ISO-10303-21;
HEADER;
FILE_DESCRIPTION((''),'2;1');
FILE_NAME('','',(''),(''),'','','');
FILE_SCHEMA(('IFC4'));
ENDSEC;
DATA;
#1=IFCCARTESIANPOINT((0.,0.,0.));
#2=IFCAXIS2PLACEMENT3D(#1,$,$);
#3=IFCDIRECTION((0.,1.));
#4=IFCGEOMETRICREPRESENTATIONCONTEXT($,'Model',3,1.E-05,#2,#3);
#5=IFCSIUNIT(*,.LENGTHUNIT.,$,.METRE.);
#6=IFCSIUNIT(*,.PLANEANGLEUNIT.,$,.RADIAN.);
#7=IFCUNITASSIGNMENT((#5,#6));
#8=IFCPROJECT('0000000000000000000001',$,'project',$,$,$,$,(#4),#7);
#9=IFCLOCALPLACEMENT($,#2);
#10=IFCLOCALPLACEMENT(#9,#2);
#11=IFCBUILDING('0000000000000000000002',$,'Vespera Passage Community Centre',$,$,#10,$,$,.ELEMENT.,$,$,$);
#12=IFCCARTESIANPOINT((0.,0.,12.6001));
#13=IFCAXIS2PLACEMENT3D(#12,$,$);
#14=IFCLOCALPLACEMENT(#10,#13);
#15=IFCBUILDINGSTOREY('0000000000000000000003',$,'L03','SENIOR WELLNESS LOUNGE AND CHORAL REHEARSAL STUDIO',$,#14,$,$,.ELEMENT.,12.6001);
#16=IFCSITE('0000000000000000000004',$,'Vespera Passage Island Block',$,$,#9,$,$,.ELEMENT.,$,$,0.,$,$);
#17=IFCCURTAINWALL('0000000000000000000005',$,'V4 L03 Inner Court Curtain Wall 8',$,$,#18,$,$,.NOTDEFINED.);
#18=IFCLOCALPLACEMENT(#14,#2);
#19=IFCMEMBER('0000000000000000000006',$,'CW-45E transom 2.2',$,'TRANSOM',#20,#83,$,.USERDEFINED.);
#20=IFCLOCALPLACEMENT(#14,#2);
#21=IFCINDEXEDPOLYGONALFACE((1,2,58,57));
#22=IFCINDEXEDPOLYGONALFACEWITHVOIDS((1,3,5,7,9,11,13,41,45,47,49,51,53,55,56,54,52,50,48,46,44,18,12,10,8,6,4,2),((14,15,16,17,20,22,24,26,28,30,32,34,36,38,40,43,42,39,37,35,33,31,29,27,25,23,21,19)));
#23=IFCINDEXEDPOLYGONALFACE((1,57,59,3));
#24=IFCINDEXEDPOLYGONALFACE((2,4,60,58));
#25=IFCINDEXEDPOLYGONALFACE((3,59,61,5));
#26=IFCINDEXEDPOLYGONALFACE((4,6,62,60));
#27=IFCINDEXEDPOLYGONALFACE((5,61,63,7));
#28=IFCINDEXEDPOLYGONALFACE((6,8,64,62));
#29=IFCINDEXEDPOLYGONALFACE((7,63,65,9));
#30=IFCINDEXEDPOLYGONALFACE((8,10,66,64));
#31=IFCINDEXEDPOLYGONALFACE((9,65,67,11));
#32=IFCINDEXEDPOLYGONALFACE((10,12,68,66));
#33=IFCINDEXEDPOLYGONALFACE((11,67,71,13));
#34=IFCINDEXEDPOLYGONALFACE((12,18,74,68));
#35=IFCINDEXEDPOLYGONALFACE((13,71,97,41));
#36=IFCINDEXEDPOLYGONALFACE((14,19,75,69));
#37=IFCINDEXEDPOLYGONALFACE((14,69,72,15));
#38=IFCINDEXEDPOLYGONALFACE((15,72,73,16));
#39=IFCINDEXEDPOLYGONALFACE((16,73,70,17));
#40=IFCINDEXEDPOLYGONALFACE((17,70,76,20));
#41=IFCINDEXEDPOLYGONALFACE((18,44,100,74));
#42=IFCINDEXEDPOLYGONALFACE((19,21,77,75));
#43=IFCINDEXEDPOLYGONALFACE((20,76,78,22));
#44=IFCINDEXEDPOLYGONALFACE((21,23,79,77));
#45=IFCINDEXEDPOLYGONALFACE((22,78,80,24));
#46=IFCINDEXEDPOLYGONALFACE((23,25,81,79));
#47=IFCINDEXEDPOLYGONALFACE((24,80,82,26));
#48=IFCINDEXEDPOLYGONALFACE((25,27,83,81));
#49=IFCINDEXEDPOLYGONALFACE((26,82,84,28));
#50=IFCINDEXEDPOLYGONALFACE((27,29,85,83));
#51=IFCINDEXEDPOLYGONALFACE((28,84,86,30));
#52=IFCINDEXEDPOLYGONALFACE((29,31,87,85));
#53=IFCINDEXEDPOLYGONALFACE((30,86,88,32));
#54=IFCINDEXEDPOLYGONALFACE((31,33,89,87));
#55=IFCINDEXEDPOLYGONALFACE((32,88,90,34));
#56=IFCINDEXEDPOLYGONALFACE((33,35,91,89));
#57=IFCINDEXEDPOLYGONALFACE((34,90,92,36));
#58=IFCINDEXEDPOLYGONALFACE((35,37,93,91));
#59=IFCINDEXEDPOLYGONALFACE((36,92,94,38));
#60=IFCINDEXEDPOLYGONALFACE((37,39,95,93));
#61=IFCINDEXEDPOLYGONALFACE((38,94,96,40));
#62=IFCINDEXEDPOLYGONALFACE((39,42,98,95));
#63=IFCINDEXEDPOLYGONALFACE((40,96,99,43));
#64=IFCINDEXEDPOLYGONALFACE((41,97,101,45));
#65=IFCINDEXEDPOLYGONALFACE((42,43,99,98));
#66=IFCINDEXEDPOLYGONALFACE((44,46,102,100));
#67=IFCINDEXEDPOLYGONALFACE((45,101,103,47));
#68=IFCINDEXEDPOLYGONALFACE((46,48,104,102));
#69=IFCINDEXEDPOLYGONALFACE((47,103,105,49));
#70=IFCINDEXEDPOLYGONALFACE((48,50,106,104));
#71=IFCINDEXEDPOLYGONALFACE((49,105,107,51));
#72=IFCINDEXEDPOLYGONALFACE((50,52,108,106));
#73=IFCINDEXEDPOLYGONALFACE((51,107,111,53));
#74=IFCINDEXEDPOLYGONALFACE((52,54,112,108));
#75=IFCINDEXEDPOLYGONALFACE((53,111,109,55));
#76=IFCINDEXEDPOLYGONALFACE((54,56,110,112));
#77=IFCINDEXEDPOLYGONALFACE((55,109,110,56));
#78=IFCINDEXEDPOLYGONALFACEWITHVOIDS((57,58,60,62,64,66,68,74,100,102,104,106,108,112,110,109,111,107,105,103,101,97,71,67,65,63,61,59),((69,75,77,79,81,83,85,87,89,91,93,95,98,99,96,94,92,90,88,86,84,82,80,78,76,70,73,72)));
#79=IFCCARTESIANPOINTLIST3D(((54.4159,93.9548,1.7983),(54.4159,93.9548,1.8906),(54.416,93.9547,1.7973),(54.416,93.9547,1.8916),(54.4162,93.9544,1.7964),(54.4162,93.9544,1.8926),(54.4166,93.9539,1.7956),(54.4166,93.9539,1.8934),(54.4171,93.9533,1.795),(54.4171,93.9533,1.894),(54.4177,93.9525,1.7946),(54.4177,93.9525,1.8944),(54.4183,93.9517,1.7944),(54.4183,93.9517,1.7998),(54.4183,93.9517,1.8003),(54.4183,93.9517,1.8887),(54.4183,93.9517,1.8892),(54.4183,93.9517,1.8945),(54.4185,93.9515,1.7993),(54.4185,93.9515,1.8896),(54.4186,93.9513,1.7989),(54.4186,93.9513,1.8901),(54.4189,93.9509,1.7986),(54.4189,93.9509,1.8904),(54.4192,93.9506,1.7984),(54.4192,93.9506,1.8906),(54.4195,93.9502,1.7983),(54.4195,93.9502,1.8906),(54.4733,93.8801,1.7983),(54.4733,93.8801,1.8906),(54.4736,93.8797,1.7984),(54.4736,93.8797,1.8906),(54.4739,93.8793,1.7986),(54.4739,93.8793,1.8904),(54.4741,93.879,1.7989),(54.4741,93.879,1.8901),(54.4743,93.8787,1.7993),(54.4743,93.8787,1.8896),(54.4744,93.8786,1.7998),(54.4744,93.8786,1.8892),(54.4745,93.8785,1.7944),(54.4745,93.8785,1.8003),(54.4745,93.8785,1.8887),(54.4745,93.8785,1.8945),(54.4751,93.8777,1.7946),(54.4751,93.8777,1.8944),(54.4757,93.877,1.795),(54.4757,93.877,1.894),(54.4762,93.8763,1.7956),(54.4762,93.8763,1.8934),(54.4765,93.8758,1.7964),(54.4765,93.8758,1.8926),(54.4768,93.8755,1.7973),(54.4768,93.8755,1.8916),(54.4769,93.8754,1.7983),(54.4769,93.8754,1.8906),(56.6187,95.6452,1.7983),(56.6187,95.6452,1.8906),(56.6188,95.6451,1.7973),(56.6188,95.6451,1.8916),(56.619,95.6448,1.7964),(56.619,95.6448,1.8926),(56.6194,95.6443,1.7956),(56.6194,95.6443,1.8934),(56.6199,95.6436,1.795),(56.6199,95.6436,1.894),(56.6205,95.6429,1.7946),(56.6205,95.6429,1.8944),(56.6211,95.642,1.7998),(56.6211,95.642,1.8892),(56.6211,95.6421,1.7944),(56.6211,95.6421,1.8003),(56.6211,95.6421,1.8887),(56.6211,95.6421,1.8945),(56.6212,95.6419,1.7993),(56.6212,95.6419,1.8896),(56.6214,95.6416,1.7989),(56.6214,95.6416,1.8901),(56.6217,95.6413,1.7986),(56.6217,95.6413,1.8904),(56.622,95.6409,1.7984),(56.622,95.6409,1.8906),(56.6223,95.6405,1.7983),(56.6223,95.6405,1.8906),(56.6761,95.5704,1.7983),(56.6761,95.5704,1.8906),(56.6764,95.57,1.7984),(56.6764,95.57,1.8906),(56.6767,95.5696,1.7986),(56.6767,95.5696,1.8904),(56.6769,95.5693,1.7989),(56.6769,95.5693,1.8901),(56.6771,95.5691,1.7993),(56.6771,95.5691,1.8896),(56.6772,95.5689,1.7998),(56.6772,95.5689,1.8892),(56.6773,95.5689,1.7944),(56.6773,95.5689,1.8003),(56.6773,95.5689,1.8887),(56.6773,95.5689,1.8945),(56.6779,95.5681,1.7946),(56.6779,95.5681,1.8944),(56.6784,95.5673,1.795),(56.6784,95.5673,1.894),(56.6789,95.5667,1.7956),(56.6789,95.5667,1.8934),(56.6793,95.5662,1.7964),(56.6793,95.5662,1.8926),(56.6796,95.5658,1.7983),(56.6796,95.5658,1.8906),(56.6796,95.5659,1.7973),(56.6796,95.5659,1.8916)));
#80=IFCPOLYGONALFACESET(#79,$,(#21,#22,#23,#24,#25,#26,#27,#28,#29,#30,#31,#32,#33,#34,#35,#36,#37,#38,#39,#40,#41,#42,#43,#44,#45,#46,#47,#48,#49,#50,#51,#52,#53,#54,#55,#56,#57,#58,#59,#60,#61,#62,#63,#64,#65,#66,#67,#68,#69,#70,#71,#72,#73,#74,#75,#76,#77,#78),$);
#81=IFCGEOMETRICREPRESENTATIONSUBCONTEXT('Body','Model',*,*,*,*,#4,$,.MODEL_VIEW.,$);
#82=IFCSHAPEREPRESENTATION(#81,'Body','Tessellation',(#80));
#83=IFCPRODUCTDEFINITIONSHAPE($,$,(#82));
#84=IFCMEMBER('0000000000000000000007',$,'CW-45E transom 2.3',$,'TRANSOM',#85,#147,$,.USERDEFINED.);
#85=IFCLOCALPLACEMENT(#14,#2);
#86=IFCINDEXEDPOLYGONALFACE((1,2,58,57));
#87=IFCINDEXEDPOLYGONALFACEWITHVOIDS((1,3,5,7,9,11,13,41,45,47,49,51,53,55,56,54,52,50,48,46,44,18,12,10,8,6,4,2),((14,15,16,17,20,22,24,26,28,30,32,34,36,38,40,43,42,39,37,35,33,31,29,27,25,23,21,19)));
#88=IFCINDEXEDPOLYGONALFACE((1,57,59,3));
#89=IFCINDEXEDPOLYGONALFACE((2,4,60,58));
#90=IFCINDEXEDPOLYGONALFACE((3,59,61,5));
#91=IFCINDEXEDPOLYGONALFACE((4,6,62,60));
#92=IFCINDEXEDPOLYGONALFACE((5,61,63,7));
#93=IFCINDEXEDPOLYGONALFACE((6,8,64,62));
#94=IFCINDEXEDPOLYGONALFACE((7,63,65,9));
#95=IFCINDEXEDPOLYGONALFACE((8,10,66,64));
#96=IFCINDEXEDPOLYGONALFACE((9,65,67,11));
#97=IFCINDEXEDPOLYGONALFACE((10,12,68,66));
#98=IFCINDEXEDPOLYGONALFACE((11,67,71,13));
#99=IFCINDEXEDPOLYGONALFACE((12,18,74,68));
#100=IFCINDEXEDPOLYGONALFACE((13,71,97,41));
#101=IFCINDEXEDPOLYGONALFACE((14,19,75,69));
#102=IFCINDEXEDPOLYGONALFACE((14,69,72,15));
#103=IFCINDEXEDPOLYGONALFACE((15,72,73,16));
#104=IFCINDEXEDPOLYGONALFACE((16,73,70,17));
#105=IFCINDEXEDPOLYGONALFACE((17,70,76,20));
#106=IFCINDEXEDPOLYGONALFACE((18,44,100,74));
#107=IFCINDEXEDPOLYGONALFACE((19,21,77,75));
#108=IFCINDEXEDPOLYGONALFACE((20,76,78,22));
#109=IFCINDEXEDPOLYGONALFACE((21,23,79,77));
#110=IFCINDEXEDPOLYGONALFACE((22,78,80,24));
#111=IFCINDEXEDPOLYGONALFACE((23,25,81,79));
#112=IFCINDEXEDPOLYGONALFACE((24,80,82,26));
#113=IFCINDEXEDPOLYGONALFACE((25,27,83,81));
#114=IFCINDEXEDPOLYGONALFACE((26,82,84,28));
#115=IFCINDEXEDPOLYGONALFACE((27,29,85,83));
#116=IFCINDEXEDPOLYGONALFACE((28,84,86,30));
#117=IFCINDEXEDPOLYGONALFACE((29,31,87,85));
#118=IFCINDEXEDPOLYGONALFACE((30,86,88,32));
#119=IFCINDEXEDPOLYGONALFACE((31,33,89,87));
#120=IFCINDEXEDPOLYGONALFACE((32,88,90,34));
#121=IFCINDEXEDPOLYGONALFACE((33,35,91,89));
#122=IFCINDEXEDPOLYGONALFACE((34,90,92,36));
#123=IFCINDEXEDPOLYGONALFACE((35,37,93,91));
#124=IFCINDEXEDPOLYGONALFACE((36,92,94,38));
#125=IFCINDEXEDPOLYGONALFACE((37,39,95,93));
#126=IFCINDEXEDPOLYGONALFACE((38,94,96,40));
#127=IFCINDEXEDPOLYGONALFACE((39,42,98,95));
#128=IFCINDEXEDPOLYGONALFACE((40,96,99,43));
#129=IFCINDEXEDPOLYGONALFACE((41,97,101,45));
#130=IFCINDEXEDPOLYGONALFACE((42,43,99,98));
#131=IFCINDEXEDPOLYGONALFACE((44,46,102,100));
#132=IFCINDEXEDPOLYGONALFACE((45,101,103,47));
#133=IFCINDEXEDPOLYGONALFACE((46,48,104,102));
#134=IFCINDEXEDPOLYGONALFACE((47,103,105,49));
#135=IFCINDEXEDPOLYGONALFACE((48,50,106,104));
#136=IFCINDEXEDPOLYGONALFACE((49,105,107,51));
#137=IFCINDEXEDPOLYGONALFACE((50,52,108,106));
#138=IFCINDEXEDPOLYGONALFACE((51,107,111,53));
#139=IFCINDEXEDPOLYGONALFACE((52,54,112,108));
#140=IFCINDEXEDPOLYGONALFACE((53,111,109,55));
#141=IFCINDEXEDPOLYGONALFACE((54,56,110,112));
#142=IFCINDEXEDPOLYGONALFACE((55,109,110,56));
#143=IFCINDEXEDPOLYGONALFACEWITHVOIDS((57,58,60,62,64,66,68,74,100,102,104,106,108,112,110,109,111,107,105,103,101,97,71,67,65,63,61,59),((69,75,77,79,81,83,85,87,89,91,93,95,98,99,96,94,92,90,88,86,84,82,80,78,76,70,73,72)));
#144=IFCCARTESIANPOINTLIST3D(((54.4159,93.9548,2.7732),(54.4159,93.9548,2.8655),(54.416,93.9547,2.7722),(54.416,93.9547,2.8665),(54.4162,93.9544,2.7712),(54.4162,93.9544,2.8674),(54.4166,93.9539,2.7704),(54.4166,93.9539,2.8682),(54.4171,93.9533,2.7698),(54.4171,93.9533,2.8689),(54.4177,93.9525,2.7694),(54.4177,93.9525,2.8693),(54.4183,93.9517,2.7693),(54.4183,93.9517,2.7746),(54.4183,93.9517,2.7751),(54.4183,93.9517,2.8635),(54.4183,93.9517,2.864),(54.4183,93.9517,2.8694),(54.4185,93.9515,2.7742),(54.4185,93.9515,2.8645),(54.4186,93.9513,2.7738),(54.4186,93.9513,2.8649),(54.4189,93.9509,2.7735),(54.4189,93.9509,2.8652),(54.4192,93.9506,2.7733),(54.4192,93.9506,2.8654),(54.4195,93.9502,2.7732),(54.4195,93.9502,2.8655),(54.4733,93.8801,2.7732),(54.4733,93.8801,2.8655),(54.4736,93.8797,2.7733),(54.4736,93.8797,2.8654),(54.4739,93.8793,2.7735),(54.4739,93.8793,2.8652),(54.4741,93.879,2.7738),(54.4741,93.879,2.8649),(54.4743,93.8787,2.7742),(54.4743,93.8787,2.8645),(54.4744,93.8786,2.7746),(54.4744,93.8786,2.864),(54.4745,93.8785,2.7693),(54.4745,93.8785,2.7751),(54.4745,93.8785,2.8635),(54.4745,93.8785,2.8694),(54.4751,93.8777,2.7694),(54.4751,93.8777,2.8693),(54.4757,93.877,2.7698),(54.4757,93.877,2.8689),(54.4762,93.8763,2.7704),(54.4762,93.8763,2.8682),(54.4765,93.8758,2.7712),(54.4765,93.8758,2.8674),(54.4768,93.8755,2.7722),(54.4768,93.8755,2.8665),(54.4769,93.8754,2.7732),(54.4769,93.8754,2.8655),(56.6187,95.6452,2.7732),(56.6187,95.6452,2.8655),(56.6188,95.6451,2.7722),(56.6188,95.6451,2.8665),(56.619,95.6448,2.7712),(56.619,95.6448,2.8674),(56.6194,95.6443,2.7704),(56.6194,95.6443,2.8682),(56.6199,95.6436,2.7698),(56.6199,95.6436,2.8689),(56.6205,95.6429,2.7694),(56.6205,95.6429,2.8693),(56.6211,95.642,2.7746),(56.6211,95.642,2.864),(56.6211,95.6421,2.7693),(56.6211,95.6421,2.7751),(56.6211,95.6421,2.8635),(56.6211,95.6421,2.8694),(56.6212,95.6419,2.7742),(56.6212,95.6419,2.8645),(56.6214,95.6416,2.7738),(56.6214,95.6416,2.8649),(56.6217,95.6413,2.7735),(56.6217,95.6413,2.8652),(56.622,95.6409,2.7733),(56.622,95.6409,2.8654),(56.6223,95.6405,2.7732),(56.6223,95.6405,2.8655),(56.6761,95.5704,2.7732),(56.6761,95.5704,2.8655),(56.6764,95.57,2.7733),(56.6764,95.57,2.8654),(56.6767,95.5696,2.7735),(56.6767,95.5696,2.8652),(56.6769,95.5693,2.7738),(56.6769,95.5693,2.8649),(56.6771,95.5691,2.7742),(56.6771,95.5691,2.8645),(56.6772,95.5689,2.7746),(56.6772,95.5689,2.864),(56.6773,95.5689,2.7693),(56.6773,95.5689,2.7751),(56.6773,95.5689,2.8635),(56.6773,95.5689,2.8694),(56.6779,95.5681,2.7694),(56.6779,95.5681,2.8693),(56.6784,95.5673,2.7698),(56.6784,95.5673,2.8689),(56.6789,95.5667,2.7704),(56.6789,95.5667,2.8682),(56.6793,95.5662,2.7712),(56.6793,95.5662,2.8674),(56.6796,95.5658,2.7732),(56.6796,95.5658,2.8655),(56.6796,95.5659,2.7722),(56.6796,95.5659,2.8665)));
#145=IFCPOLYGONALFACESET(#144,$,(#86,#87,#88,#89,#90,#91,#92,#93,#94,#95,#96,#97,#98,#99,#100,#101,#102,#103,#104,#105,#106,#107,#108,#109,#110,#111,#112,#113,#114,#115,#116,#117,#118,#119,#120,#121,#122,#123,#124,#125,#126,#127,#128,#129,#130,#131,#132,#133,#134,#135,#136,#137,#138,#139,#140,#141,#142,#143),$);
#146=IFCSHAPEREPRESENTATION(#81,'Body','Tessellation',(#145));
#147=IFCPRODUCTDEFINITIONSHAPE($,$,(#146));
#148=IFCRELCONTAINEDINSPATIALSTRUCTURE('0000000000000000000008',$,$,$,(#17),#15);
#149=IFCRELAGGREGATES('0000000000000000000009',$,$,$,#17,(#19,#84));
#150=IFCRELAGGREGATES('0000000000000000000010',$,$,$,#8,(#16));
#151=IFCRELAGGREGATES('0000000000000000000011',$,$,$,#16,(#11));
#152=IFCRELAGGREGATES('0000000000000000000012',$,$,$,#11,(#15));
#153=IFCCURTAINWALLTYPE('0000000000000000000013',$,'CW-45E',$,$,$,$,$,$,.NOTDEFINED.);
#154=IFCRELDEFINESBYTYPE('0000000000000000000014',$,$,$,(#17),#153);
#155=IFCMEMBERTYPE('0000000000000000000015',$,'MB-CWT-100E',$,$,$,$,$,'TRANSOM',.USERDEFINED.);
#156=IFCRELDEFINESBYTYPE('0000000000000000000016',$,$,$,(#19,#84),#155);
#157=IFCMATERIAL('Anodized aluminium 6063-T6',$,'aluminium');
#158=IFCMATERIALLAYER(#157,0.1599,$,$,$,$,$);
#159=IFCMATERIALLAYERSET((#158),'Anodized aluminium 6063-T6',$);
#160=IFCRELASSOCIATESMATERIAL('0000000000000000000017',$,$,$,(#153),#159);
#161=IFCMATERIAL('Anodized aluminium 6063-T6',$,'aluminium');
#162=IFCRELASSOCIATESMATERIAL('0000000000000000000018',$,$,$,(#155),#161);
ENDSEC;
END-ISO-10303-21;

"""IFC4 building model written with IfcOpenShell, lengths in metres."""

from ifc_helpers import new_model, si_unit, direction, frame, origin, origin_2d, place, context, subcontext, project, spatial, hollow_rectangle, extrude, material, layer, layer_set, material_profile, profile_set, type_object, element, aggregate, save


model = new_model("IFC4")

# Units and contexts
model_context = context("Model", 3, precision=1e-05, world=origin(), true_north=direction((0.0, 1.0)))
body_context = subcontext(model_context, "Body", "Model", "MODEL_VIEW")
ifc_project = project(units=[si_unit("LENGTHUNIT", "METRE"), si_unit("PLANEANGLEUNIT", "RADIAN")], contexts=[model_context])

# Site, building, storey
site_placement = place(None, origin())
site = spatial("IfcSite", under=ifc_project, at=site_placement, Name="Vespera Passage Island Block", CompositionType="ELEMENT", RefElevation=0.0)
building_placement = place(site_placement, origin())
building = spatial("IfcBuilding", under=site, at=building_placement, Name="Vespera Passage Community Centre", CompositionType="ELEMENT")
storey_placement = place(building_placement, frame((0.0, 0.0, 12.6001)))
storey = spatial("IfcBuildingStorey", under=building, at=storey_placement, Name="L03", Description="SENIOR WELLNESS LOUNGE AND CHORAL REHEARSAL STUDIO", CompositionType="ELEMENT", Elevation=12.6001)

# Curtain wall
ifc_material_1 = material(Name="Anodized aluminium 6063-T6", Category="aluminium")
ifc_layer_1 = layer(ifc_material_1, 0.1599)
ifc_layer_set_1 = layer_set([ifc_layer_1], Name="Anodized aluminium 6063-T6")
curtain_wall_type_1 = type_object("IfcCurtainWallType", Name="CW-45E", PredefinedType="NOTDEFINED", material=ifc_layer_set_1)
curtain_wall_1_placement = place(storey_placement, origin())
curtain_wall_1 = element("IfcCurtainWall", 1, at=curtain_wall_1_placement, inside=storey, type_object=curtain_wall_type_1, Name="V4 L03 Inner Court Curtain Wall 8", PredefinedType="NOTDEFINED")

# Members
ifc_material_2 = material(Name="Anodized aluminium 6063-T6", Category="aluminium")
ifc_material_profile_1 = material_profile(ifc_material_2, hollow_rectangle(XDim=0.1001, YDim=0.1001, WallThickness=0.0039, InnerFilletRadius=0.002, OuterFilletRadius=0.0039, at=origin_2d()), Name="ALU100X100X4")
ifc_profile_set_1 = profile_set([ifc_material_profile_1], Name="Anodized aluminium 6063-T6")
member_type_1 = type_object("IfcMemberType", Name="MB-CWT-100E", ElementType="TRANSOM", PredefinedType="USERDEFINED", material=ifc_profile_set_1)
member_1_placement = place(storey_placement, frame((56.6492, 95.6055, 1.8445), z_axis=(-0.793336, -0.608784, 0.0), x_axis=(0.608784, -0.793336, 0.0)))
member_1 = element("IfcMember", 2, at=member_1_placement, type_object=member_type_1, Name="CW-45E transom 2.2", ObjectType="TRANSOM", PredefinedType="USERDEFINED", context=body_context, shape_type="SweptSolid", body=[
    extrude(hollow_rectangle(XDim=0.1001, YDim=0.1001, WallThickness=0.0039, InnerFilletRadius=0.002, OuterFilletRadius=0.0039, at=origin_2d()), origin(), (0.0, 0.0, 1.0), 2.7766),
])
member_2_placement = place(storey_placement, frame((56.6492, 95.6055, 2.8193), z_axis=(-0.793336, -0.608784, 0.0), x_axis=(0.608784, -0.793336, 0.0)))
member_2 = element("IfcMember", 3, at=member_2_placement, type_object=member_type_1, Name="CW-45E transom 2.3", ObjectType="TRANSOM", PredefinedType="USERDEFINED", context=body_context, shape_type="SweptSolid", body=[
    extrude(hollow_rectangle(XDim=0.1001, YDim=0.1001, WallThickness=0.0039, InnerFilletRadius=0.002, OuterFilletRadius=0.0039, at=origin_2d()), origin(), (0.0, 0.0, 1.0), 2.7766),
])

aggregate(curtain_wall_1, [member_1, member_2])

save(model, "model.ifc")
